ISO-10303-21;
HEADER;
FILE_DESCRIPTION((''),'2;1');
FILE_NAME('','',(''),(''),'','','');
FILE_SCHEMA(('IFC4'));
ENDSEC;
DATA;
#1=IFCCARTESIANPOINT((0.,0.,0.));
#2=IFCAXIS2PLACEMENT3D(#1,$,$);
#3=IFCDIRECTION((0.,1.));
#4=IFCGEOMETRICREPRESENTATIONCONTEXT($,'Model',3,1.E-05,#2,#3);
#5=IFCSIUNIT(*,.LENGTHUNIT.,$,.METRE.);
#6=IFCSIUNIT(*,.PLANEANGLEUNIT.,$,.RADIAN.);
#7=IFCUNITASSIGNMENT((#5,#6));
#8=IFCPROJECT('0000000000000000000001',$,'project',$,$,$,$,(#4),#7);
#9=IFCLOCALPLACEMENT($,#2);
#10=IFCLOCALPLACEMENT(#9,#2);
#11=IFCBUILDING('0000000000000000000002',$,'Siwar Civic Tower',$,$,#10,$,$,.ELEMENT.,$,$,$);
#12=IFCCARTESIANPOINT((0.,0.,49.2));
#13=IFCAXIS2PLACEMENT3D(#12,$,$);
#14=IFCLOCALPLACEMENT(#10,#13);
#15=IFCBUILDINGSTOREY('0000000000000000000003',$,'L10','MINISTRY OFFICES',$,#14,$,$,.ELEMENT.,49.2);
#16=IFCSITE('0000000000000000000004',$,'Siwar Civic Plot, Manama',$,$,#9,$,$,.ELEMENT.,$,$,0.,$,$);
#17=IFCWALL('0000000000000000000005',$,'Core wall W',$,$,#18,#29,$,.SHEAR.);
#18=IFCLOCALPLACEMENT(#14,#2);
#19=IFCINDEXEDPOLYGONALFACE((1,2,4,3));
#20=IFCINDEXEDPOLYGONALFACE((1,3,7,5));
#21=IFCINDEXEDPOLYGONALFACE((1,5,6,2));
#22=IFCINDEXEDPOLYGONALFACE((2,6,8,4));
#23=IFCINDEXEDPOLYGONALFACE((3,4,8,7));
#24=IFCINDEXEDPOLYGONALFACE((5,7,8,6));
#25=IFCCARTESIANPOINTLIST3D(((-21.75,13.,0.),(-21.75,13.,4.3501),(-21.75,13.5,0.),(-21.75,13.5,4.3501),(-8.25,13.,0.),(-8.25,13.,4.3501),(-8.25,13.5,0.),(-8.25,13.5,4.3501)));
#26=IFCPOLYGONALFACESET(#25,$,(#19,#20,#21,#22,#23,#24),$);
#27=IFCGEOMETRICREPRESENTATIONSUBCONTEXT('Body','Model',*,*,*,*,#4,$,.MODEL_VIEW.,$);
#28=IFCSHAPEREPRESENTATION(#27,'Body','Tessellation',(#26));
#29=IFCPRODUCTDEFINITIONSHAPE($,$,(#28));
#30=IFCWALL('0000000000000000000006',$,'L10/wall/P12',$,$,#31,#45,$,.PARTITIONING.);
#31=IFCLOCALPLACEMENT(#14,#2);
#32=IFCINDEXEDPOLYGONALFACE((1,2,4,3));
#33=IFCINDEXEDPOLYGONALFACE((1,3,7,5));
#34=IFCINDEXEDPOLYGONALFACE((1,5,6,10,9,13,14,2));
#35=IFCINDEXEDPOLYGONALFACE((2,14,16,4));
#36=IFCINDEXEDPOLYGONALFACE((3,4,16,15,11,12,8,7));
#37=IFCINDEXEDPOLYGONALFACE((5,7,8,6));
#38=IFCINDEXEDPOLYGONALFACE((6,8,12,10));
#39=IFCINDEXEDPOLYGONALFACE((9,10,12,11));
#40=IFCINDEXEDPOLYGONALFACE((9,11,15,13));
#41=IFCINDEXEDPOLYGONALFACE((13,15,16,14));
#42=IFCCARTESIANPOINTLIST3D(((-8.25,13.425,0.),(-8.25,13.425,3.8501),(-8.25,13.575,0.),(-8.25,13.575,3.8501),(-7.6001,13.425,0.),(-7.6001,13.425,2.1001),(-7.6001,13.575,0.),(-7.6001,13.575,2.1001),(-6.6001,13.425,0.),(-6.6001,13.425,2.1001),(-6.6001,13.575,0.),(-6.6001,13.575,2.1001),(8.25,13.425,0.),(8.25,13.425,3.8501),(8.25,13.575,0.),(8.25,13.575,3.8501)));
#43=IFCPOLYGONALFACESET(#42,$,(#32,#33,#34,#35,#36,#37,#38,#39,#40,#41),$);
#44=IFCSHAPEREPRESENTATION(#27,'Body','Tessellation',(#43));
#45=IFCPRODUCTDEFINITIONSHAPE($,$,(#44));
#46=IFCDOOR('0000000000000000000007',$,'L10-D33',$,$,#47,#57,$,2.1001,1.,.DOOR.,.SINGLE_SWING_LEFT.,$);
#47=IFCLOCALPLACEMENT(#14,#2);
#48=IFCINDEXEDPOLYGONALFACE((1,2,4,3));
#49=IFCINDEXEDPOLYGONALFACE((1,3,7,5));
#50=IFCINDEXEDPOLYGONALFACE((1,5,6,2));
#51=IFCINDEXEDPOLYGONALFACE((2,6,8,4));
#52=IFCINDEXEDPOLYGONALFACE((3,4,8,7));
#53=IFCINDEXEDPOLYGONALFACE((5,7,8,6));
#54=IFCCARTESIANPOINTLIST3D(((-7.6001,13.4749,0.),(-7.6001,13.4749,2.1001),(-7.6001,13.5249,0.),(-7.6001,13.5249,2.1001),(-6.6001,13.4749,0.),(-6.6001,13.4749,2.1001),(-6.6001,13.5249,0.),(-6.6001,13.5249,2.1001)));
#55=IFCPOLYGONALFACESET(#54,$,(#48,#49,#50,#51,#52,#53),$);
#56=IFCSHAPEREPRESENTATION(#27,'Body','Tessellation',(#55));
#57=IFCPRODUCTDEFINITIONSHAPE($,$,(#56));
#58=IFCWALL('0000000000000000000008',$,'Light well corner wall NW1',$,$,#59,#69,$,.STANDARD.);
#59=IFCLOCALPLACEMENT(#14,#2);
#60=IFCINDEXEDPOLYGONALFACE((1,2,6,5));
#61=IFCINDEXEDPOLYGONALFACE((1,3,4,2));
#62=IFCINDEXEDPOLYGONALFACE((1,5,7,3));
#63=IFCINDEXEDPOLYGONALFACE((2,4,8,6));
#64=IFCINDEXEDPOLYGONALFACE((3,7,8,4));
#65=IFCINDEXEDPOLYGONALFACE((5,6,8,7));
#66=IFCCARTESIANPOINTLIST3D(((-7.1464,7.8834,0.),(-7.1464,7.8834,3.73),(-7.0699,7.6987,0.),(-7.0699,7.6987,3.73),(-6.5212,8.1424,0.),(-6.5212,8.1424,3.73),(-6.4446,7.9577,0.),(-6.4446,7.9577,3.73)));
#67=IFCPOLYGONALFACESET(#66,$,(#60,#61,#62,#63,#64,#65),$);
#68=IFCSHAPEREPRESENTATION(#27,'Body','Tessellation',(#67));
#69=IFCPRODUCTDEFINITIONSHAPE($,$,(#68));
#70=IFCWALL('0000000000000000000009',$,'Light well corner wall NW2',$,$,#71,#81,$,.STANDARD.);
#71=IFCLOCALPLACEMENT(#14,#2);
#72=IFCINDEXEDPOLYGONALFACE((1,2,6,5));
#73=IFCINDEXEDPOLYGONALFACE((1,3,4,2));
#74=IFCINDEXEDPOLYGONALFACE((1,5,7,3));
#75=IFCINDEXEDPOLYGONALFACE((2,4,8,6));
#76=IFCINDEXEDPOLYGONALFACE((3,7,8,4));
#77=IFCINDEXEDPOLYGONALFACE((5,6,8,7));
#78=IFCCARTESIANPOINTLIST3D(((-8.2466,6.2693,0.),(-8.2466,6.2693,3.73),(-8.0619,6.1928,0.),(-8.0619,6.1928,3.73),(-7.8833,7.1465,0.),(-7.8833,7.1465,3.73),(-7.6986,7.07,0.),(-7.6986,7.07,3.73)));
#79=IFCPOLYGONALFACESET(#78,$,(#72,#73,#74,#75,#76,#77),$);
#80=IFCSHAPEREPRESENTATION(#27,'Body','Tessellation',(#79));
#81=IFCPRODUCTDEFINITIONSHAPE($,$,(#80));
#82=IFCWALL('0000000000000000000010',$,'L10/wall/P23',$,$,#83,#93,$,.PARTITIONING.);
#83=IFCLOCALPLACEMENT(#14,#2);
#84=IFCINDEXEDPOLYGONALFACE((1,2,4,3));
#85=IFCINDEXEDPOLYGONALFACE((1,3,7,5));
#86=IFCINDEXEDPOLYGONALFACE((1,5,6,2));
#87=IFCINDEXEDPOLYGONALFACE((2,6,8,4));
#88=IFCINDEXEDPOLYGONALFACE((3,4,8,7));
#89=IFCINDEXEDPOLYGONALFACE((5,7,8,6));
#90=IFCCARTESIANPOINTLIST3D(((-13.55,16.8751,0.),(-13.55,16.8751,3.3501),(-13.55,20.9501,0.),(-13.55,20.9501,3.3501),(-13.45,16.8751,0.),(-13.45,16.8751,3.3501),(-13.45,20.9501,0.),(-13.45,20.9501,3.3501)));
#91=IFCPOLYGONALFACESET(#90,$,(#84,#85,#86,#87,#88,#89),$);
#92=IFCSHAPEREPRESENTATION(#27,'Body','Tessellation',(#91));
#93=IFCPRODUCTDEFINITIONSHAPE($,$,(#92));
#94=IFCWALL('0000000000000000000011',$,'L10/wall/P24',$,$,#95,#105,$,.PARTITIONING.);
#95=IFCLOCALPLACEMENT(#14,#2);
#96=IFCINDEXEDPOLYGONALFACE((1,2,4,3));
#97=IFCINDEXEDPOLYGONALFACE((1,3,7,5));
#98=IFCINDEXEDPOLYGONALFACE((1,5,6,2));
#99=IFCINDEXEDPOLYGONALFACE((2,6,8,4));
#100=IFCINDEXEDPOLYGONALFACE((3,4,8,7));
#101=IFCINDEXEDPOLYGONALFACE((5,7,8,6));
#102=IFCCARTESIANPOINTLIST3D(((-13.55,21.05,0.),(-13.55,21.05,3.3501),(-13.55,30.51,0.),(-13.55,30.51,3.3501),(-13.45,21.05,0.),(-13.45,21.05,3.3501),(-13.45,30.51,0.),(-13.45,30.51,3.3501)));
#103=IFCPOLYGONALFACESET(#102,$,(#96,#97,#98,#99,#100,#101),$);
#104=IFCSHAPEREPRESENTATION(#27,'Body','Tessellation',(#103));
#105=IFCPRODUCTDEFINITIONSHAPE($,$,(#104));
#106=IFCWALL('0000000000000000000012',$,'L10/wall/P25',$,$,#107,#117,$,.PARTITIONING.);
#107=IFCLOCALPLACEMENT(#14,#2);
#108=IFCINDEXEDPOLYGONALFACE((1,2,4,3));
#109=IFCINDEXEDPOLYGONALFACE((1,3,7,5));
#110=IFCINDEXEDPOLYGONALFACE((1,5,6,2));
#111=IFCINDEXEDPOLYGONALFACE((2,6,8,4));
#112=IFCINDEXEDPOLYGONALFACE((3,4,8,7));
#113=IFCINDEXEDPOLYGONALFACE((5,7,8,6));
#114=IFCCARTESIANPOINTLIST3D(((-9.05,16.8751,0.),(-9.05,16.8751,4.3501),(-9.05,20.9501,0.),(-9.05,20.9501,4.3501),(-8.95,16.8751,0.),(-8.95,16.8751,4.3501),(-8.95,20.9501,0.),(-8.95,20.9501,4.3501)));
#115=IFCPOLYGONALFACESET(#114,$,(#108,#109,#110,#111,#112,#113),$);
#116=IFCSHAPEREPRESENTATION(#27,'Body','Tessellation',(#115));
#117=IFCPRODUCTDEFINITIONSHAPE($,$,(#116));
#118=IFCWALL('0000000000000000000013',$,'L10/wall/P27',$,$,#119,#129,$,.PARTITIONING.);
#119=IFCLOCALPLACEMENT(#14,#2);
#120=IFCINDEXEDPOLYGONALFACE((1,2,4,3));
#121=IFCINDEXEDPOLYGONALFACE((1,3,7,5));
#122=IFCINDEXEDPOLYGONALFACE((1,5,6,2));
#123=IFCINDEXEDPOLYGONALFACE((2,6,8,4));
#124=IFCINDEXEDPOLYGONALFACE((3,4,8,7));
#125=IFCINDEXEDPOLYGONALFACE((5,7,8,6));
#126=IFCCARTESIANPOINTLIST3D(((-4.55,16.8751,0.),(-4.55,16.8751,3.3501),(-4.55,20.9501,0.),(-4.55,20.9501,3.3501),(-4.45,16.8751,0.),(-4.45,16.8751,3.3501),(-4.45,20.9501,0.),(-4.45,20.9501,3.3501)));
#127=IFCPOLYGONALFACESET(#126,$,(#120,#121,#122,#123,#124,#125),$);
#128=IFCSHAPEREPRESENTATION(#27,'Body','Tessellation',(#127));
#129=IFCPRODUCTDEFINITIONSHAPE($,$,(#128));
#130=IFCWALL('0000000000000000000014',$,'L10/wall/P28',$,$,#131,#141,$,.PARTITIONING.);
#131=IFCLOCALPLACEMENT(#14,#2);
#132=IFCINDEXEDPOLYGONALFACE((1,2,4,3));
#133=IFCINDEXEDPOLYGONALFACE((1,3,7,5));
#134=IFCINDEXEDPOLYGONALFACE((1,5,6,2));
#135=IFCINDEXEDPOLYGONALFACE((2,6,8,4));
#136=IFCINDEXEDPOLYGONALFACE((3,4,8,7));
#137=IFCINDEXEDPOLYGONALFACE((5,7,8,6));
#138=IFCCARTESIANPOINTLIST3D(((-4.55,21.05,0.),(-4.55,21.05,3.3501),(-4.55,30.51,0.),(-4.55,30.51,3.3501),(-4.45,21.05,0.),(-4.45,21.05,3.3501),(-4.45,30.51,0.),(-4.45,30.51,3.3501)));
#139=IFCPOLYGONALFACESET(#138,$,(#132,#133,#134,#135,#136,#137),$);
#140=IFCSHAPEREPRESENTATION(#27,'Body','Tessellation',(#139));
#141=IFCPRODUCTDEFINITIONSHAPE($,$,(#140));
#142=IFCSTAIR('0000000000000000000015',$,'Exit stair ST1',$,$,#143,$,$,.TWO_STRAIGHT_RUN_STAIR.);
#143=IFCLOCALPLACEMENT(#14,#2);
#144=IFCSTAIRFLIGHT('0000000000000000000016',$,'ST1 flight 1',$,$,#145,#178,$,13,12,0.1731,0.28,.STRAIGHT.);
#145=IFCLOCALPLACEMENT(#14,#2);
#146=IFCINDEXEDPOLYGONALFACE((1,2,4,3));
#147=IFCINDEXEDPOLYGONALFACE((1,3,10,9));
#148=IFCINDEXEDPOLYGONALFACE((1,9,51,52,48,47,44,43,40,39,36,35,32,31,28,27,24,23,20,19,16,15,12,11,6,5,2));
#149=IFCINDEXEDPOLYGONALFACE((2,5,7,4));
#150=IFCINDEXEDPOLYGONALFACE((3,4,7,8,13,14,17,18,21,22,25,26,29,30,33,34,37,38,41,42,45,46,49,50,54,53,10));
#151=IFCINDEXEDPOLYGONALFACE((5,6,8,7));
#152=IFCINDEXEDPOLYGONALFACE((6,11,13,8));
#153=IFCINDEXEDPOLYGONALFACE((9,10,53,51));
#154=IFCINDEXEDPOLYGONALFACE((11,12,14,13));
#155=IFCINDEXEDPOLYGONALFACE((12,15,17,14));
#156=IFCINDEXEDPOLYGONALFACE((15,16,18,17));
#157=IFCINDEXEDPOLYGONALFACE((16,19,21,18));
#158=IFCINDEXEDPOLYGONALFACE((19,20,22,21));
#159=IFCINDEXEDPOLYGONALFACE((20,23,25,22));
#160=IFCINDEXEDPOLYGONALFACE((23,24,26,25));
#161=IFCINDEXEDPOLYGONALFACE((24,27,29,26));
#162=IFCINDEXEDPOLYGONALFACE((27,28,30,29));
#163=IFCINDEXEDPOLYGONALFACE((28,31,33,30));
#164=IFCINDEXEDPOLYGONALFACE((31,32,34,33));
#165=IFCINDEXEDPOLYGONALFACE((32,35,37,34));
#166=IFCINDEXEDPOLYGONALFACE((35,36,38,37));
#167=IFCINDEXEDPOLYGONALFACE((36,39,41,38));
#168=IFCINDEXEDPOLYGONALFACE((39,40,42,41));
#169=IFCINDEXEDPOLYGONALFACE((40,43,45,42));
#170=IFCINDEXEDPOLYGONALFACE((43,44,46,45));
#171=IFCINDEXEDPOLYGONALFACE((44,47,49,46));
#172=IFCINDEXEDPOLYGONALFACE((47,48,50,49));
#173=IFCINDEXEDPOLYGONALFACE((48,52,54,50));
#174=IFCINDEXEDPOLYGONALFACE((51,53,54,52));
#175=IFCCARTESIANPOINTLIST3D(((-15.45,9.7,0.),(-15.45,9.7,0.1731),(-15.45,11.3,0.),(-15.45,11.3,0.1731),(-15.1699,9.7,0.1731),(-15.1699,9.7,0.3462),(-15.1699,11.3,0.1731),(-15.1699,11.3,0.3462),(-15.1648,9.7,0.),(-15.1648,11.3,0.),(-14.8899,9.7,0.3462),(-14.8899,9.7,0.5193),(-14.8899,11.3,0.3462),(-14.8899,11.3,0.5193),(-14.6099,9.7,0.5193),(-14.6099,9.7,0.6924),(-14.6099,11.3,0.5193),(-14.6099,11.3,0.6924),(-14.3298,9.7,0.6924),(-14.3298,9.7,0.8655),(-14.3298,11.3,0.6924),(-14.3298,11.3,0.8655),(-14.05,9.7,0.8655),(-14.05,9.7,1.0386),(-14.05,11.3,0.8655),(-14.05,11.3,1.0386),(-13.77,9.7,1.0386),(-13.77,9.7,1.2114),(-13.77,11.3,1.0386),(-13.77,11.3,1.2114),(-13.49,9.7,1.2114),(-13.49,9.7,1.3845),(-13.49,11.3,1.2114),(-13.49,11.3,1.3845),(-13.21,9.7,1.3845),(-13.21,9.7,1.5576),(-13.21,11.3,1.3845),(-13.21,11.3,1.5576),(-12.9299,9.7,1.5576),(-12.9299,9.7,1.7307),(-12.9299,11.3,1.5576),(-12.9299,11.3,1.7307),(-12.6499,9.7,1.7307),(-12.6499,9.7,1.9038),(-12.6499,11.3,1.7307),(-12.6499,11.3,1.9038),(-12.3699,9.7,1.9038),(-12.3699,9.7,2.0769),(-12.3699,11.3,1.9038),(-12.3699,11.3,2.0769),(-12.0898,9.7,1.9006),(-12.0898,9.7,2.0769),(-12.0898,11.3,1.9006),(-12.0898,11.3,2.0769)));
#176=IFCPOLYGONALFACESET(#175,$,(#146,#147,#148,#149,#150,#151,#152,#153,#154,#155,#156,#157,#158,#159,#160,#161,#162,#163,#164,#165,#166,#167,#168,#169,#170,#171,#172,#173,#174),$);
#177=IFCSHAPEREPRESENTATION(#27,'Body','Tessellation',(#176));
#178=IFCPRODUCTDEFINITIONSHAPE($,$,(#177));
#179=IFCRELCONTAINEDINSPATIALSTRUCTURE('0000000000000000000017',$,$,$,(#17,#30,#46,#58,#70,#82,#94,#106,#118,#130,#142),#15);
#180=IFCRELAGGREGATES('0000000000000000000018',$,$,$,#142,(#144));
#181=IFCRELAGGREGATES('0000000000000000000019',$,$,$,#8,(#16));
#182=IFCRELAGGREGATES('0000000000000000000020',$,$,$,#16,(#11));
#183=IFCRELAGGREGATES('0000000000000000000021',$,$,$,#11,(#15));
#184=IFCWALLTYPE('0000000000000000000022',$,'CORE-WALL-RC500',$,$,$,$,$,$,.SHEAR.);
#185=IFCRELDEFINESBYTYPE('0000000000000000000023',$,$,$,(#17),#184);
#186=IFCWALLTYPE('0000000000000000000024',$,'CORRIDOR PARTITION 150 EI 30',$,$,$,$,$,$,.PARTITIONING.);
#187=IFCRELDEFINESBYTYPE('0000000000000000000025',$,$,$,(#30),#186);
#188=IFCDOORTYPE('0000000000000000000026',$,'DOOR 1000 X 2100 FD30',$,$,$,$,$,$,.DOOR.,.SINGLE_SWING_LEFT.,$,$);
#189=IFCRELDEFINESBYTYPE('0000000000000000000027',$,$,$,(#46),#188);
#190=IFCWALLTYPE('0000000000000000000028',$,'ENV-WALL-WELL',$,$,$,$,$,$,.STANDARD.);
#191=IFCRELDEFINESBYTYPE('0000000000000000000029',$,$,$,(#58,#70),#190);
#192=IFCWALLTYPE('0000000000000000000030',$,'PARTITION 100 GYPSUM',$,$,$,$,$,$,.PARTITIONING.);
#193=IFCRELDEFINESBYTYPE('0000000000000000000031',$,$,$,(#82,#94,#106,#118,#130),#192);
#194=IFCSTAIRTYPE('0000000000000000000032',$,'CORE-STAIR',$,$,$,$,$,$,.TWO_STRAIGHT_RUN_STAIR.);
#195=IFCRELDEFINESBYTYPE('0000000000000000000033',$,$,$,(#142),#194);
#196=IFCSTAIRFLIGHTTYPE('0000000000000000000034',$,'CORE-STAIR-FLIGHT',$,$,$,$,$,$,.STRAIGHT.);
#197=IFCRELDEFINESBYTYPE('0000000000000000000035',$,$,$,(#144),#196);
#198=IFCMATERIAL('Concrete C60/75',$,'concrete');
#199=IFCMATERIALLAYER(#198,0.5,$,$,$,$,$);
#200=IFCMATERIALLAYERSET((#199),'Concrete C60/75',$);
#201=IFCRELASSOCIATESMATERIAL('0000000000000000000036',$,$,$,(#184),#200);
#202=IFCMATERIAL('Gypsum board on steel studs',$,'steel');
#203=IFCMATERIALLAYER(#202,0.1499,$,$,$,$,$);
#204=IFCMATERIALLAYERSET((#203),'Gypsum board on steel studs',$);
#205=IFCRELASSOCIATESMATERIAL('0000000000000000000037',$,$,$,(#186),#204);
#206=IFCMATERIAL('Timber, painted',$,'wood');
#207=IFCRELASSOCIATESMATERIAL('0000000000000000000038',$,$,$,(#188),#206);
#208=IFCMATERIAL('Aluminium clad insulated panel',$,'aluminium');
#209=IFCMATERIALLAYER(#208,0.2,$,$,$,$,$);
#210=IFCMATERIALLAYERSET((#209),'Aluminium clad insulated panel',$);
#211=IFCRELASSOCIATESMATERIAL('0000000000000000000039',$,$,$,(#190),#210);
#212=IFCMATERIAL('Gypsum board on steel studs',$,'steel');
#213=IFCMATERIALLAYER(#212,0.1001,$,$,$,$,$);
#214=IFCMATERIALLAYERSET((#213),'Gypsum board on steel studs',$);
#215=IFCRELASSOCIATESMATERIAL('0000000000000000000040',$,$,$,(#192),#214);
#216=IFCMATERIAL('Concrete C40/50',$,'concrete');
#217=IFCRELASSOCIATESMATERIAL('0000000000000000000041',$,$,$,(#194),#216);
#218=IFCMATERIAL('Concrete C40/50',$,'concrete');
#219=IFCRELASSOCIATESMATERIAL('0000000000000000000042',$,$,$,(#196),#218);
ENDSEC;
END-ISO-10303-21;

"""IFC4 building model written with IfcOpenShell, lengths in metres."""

from ifc_helpers import new_model, si_unit, direction, frame, frame_2d, origin, place, context, subcontext, project, spatial, polyline, rectangle, outline, extrude, material, layer, layer_set, type_object, element, fill, aggregate, save


model = new_model("IFC4")

# Units and contexts
model_context = context("Model", 3, precision=1e-05, world=origin(), true_north=direction((0.0, 1.0)))
body_context = subcontext(model_context, "Body", "Model", "MODEL_VIEW")
ifc_project = project(units=[si_unit("LENGTHUNIT", "METRE"), si_unit("PLANEANGLEUNIT", "RADIAN")], contexts=[model_context])

# Site, building, storey
site_placement = place(None, origin())
site = spatial("IfcSite", under=ifc_project, at=site_placement, Name="Siwar Civic Plot, Manama", CompositionType="ELEMENT", RefElevation=0.0)
building_placement = place(site_placement, origin())
building = spatial("IfcBuilding", under=site, at=building_placement, Name="Siwar Civic Tower", CompositionType="ELEMENT")
storey_placement = place(building_placement, frame((0.0, 0.0, 49.2)))
storey = spatial("IfcBuildingStorey", under=building, at=storey_placement, Name="L10", Description="MINISTRY OFFICES", CompositionType="ELEMENT", Elevation=49.2)

# Wall
ifc_material_1 = material(Name="Concrete C60/75", Category="concrete")
ifc_layer_1 = layer(ifc_material_1, 0.5)
ifc_layer_set_1 = layer_set([ifc_layer_1], Name="Concrete C60/75")
wall_type_1 = type_object("IfcWallType", Name="CORE-WALL-RC500", PredefinedType="SHEAR", material=ifc_layer_set_1)
wall_1_placement = place(storey_placement, frame((-8.25, 13.25, 0.0), z_axis=(0.0, 0.0, 1.0), x_axis=(-1.0, 0.0, 0.0)))
element("IfcWall", 1, at=wall_1_placement, inside=storey, type_object=wall_type_1, Name="Core wall W", PredefinedType="SHEAR", context=body_context, shape_type="SweptSolid", body=[
    extrude(rectangle(XDim=13.5, YDim=0.5, at=frame_2d((6.75, 0.0))), origin(), (0.0, 0.0, 1.0), 4.3501),
])

# Wall, opening, door
ifc_material_2 = material(Name="Gypsum board on steel studs", Category="steel")
ifc_layer_2 = layer(ifc_material_2, 0.1499)
ifc_layer_set_2 = layer_set([ifc_layer_2], Name="Gypsum board on steel studs")
wall_type_2 = type_object("IfcWallType", Name="CORRIDOR PARTITION 150 EI 30", PredefinedType="PARTITIONING", material=ifc_layer_set_2)
wall_2_placement = place(storey_placement, frame((-8.25, 13.5, 0.0), z_axis=(0.0, 0.0, 1.0), x_axis=(1.0, 0.0, 0.0)))
wall_2 = element("IfcWall", 2, at=wall_2_placement, inside=storey, type_object=wall_type_2, Name="L10/wall/P12", PredefinedType="PARTITIONING", context=body_context, shape_type="SweptSolid", body=[
    extrude(rectangle(XDim=16.5, YDim=0.1499, at=frame_2d((8.25, 0.0))), origin(), (0.0, 0.0, 1.0), 3.8501),
])
opening_1_placement = place(wall_2_placement, frame((0.6499, 0.0, 0.0)))
opening_1 = element("IfcOpeningElement", 3, at=opening_1_placement, cuts=wall_2, PredefinedType="OPENING", context=body_context, shape_type="SweptSolid", body=[
    extrude(rectangle(XDim=1.0, YDim=2.1001, at=frame_2d((0.5, 1.05))), frame((0.0, 0.085, 0.0), z_axis=(0.0, -1.0, 0.0), x_axis=(1.0, 0.0, 0.0)), (0.0, 0.0, 1.0), 0.1699),
])
ifc_material_3 = material(Name="Timber, painted", Category="wood")
door_type_1 = type_object("IfcDoorType", Name="DOOR 1000 X 2100 FD30", OperationType="SINGLE_SWING_LEFT", PredefinedType="DOOR", material=ifc_material_3)
door_1_placement = place(opening_1_placement, origin())
door_1 = element("IfcDoor", 4, at=door_1_placement, inside=storey, type_object=door_type_1, Name="L10-D33", OperationType="SINGLE_SWING_LEFT", OverallHeight=2.1001, OverallWidth=1.0, PredefinedType="DOOR", context=body_context, shape_type="SweptSolid", body=[
    extrude(rectangle(XDim=1.0, YDim=2.1001, at=frame_2d((0.5, 1.05))), frame((0.0, 0.0249, 0.0), z_axis=(0.0, -1.0, 0.0), x_axis=(1.0, 0.0, 0.0)), (0.0, 0.0, 1.0), 0.05),
])
fill(opening_1, door_1)

# Walls
ifc_material_4 = material(Name="Aluminium clad insulated panel", Category="aluminium")
ifc_layer_3 = layer(ifc_material_4, 0.2)
ifc_layer_set_3 = layer_set([ifc_layer_3], Name="Aluminium clad insulated panel")
wall_type_3 = type_object("IfcWallType", Name="ENV-WALL-WELL", PredefinedType="STANDARD", material=ifc_layer_set_3)
wall_3_placement = place(storey_placement, frame((-6.4829, 8.05, 0.0), z_axis=(0.0, 0.0, 1.0), x_axis=(-0.923854, -0.382745, 0.0)))
element("IfcWall", 5, at=wall_3_placement, inside=storey, type_object=wall_type_3, Name="Light well corner wall NW1", PredefinedType="STANDARD", context=body_context, shape_type="SweptSolid", body=[
    extrude(rectangle(XDim=0.6768, YDim=0.2, at=frame_2d((0.3384, 0.0))), origin(), (0.0, 0.0, 1.0), 3.73),
])
wall_4_placement = place(storey_placement, frame((-7.791, 7.1082, 0.0), z_axis=(0.0, 0.0, 1.0), x_axis=(-0.382624, -0.923904, 0.0)))
element("IfcWall", 6, at=wall_4_placement, inside=storey, type_object=wall_type_3, Name="Light well corner wall NW2", PredefinedType="STANDARD", context=body_context, shape_type="SweptSolid", body=[
    extrude(rectangle(XDim=0.9495, YDim=0.2, at=frame_2d((0.4746, 0.0))), origin(), (0.0, 0.0, 1.0), 3.73),
])
ifc_material_5 = material(Name="Gypsum board on steel studs", Category="steel")
ifc_layer_4 = layer(ifc_material_5, 0.1001)
ifc_layer_set_4 = layer_set([ifc_layer_4], Name="Gypsum board on steel studs")
wall_type_4 = type_object("IfcWallType", Name="PARTITION 100 GYPSUM", PredefinedType="PARTITIONING", material=ifc_layer_set_4)
wall_5_placement = place(storey_placement, frame((-13.5, 16.875, 0.0), z_axis=(0.0, 0.0, 1.0), x_axis=(0.0, 1.0, 0.0)))
element("IfcWall", 7, at=wall_5_placement, inside=storey, type_object=wall_type_4, Name="L10/wall/P23", PredefinedType="PARTITIONING", context=body_context, shape_type="SweptSolid", body=[
    extrude(rectangle(XDim=4.075, YDim=0.1001, at=frame_2d((2.0376, 0.0))), origin(), (0.0, 0.0, 1.0), 3.3501),
])
wall_6_placement = place(storey_placement, frame((-13.5, 21.05, 0.0), z_axis=(0.0, 0.0, 1.0), x_axis=(0.0, 1.0, 0.0)))
element("IfcWall", 8, at=wall_6_placement, inside=storey, type_object=wall_type_4, Name="L10/wall/P24", PredefinedType="PARTITIONING", context=body_context, shape_type="SweptSolid", body=[
    extrude(rectangle(XDim=9.46, YDim=0.1001, at=frame_2d((4.73, 0.0))), origin(), (0.0, 0.0, 1.0), 3.3501),
])
wall_7_placement = place(storey_placement, frame((-9.0, 16.875, 0.0), z_axis=(0.0, 0.0, 1.0), x_axis=(0.0, 1.0, 0.0)))
element("IfcWall", 9, at=wall_7_placement, inside=storey, type_object=wall_type_4, Name="L10/wall/P25", PredefinedType="PARTITIONING", context=body_context, shape_type="SweptSolid", body=[
    extrude(rectangle(XDim=4.075, YDim=0.1001, at=frame_2d((2.0376, 0.0))), origin(), (0.0, 0.0, 1.0), 4.3501),
])
wall_8_placement = place(storey_placement, frame((-4.5, 16.875, 0.0), z_axis=(0.0, 0.0, 1.0), x_axis=(0.0, 1.0, 0.0)))
element("IfcWall", 10, at=wall_8_placement, inside=storey, type_object=wall_type_4, Name="L10/wall/P27", PredefinedType="PARTITIONING", context=body_context, shape_type="SweptSolid", body=[
    extrude(rectangle(XDim=4.075, YDim=0.1001, at=frame_2d((2.0376, 0.0))), origin(), (0.0, 0.0, 1.0), 3.3501),
])
wall_9_placement = place(storey_placement, frame((-4.5, 21.05, 0.0), z_axis=(0.0, 0.0, 1.0), x_axis=(0.0, 1.0, 0.0)))
element("IfcWall", 11, at=wall_9_placement, inside=storey, type_object=wall_type_4, Name="L10/wall/P28", PredefinedType="PARTITIONING", context=body_context, shape_type="SweptSolid", body=[
    extrude(rectangle(XDim=9.46, YDim=0.1001, at=frame_2d((4.73, 0.0))), origin(), (0.0, 0.0, 1.0), 3.3501),
])

# Stair, stair flight
ifc_material_6 = material(Name="Concrete C40/50", Category="concrete")
stair_type = type_object("IfcStairType", Name="CORE-STAIR", PredefinedType="TWO_STRAIGHT_RUN_STAIR", material=ifc_material_6)
stair_placement = place(storey_placement, origin())
stair = element("IfcStair", 12, at=stair_placement, inside=storey, type_object=stair_type, Name="Exit stair ST1", PredefinedType="TWO_STRAIGHT_RUN_STAIR")
ifc_material_7 = material(Name="Concrete C40/50", Category="concrete")
stair_flight_type = type_object("IfcStairFlightType", Name="CORE-STAIR-FLIGHT", PredefinedType="STRAIGHT", material=ifc_material_7)
stair_flight_1_placement = place(storey_placement, frame((-15.45, 10.5, 0.0), z_axis=(0.0, 0.0, 1.0), x_axis=(1.0, 0.0, 0.0)))
stair_flight_1 = element("IfcStairFlight", 13, at=stair_flight_1_placement, type_object=stair_flight_type, Name="ST1 flight 1", NumberOfRisers=13, NumberOfTreads=12, PredefinedType="STRAIGHT", RiserHeight=0.1731, TreadLength=0.28, context=body_context, shape_type="SweptSolid", body=[
    extrude(outline(polyline([(0.0, 0.0), (0.0, 0.1731), (0.28, 0.1731), (0.28, 0.3462), (0.5601, 0.3462), (0.5601, 0.5193), (0.8401, 0.5193), (0.8401, 0.6924), (1.1201, 0.6924), (1.1201, 0.8655), (1.3999, 0.8655), (1.3999, 1.0386), (1.6799, 1.0386), (1.6799, 1.2114), (1.96, 1.2114), (1.96, 1.3845), (2.24, 1.3845), (2.24, 1.5576), (2.52, 1.5576), (2.52, 1.7307), (2.8, 1.7307), (2.8, 1.9038), (3.0801, 1.9038), (3.0801, 2.0769), (3.3601, 2.0769), (3.3601, 2.25), (3.3601, 1.9006), (0.2852, 0.0), (0.0, 0.0)])), frame((0.0, 0.8, 0.0), z_axis=(0.0, -1.0, 0.0), x_axis=(1.0, 0.0, 0.0)), (0.0, 0.0, 1.0), 1.6001),
])
aggregate(stair, [stair_flight_1])

save(model, "model.ifc")
